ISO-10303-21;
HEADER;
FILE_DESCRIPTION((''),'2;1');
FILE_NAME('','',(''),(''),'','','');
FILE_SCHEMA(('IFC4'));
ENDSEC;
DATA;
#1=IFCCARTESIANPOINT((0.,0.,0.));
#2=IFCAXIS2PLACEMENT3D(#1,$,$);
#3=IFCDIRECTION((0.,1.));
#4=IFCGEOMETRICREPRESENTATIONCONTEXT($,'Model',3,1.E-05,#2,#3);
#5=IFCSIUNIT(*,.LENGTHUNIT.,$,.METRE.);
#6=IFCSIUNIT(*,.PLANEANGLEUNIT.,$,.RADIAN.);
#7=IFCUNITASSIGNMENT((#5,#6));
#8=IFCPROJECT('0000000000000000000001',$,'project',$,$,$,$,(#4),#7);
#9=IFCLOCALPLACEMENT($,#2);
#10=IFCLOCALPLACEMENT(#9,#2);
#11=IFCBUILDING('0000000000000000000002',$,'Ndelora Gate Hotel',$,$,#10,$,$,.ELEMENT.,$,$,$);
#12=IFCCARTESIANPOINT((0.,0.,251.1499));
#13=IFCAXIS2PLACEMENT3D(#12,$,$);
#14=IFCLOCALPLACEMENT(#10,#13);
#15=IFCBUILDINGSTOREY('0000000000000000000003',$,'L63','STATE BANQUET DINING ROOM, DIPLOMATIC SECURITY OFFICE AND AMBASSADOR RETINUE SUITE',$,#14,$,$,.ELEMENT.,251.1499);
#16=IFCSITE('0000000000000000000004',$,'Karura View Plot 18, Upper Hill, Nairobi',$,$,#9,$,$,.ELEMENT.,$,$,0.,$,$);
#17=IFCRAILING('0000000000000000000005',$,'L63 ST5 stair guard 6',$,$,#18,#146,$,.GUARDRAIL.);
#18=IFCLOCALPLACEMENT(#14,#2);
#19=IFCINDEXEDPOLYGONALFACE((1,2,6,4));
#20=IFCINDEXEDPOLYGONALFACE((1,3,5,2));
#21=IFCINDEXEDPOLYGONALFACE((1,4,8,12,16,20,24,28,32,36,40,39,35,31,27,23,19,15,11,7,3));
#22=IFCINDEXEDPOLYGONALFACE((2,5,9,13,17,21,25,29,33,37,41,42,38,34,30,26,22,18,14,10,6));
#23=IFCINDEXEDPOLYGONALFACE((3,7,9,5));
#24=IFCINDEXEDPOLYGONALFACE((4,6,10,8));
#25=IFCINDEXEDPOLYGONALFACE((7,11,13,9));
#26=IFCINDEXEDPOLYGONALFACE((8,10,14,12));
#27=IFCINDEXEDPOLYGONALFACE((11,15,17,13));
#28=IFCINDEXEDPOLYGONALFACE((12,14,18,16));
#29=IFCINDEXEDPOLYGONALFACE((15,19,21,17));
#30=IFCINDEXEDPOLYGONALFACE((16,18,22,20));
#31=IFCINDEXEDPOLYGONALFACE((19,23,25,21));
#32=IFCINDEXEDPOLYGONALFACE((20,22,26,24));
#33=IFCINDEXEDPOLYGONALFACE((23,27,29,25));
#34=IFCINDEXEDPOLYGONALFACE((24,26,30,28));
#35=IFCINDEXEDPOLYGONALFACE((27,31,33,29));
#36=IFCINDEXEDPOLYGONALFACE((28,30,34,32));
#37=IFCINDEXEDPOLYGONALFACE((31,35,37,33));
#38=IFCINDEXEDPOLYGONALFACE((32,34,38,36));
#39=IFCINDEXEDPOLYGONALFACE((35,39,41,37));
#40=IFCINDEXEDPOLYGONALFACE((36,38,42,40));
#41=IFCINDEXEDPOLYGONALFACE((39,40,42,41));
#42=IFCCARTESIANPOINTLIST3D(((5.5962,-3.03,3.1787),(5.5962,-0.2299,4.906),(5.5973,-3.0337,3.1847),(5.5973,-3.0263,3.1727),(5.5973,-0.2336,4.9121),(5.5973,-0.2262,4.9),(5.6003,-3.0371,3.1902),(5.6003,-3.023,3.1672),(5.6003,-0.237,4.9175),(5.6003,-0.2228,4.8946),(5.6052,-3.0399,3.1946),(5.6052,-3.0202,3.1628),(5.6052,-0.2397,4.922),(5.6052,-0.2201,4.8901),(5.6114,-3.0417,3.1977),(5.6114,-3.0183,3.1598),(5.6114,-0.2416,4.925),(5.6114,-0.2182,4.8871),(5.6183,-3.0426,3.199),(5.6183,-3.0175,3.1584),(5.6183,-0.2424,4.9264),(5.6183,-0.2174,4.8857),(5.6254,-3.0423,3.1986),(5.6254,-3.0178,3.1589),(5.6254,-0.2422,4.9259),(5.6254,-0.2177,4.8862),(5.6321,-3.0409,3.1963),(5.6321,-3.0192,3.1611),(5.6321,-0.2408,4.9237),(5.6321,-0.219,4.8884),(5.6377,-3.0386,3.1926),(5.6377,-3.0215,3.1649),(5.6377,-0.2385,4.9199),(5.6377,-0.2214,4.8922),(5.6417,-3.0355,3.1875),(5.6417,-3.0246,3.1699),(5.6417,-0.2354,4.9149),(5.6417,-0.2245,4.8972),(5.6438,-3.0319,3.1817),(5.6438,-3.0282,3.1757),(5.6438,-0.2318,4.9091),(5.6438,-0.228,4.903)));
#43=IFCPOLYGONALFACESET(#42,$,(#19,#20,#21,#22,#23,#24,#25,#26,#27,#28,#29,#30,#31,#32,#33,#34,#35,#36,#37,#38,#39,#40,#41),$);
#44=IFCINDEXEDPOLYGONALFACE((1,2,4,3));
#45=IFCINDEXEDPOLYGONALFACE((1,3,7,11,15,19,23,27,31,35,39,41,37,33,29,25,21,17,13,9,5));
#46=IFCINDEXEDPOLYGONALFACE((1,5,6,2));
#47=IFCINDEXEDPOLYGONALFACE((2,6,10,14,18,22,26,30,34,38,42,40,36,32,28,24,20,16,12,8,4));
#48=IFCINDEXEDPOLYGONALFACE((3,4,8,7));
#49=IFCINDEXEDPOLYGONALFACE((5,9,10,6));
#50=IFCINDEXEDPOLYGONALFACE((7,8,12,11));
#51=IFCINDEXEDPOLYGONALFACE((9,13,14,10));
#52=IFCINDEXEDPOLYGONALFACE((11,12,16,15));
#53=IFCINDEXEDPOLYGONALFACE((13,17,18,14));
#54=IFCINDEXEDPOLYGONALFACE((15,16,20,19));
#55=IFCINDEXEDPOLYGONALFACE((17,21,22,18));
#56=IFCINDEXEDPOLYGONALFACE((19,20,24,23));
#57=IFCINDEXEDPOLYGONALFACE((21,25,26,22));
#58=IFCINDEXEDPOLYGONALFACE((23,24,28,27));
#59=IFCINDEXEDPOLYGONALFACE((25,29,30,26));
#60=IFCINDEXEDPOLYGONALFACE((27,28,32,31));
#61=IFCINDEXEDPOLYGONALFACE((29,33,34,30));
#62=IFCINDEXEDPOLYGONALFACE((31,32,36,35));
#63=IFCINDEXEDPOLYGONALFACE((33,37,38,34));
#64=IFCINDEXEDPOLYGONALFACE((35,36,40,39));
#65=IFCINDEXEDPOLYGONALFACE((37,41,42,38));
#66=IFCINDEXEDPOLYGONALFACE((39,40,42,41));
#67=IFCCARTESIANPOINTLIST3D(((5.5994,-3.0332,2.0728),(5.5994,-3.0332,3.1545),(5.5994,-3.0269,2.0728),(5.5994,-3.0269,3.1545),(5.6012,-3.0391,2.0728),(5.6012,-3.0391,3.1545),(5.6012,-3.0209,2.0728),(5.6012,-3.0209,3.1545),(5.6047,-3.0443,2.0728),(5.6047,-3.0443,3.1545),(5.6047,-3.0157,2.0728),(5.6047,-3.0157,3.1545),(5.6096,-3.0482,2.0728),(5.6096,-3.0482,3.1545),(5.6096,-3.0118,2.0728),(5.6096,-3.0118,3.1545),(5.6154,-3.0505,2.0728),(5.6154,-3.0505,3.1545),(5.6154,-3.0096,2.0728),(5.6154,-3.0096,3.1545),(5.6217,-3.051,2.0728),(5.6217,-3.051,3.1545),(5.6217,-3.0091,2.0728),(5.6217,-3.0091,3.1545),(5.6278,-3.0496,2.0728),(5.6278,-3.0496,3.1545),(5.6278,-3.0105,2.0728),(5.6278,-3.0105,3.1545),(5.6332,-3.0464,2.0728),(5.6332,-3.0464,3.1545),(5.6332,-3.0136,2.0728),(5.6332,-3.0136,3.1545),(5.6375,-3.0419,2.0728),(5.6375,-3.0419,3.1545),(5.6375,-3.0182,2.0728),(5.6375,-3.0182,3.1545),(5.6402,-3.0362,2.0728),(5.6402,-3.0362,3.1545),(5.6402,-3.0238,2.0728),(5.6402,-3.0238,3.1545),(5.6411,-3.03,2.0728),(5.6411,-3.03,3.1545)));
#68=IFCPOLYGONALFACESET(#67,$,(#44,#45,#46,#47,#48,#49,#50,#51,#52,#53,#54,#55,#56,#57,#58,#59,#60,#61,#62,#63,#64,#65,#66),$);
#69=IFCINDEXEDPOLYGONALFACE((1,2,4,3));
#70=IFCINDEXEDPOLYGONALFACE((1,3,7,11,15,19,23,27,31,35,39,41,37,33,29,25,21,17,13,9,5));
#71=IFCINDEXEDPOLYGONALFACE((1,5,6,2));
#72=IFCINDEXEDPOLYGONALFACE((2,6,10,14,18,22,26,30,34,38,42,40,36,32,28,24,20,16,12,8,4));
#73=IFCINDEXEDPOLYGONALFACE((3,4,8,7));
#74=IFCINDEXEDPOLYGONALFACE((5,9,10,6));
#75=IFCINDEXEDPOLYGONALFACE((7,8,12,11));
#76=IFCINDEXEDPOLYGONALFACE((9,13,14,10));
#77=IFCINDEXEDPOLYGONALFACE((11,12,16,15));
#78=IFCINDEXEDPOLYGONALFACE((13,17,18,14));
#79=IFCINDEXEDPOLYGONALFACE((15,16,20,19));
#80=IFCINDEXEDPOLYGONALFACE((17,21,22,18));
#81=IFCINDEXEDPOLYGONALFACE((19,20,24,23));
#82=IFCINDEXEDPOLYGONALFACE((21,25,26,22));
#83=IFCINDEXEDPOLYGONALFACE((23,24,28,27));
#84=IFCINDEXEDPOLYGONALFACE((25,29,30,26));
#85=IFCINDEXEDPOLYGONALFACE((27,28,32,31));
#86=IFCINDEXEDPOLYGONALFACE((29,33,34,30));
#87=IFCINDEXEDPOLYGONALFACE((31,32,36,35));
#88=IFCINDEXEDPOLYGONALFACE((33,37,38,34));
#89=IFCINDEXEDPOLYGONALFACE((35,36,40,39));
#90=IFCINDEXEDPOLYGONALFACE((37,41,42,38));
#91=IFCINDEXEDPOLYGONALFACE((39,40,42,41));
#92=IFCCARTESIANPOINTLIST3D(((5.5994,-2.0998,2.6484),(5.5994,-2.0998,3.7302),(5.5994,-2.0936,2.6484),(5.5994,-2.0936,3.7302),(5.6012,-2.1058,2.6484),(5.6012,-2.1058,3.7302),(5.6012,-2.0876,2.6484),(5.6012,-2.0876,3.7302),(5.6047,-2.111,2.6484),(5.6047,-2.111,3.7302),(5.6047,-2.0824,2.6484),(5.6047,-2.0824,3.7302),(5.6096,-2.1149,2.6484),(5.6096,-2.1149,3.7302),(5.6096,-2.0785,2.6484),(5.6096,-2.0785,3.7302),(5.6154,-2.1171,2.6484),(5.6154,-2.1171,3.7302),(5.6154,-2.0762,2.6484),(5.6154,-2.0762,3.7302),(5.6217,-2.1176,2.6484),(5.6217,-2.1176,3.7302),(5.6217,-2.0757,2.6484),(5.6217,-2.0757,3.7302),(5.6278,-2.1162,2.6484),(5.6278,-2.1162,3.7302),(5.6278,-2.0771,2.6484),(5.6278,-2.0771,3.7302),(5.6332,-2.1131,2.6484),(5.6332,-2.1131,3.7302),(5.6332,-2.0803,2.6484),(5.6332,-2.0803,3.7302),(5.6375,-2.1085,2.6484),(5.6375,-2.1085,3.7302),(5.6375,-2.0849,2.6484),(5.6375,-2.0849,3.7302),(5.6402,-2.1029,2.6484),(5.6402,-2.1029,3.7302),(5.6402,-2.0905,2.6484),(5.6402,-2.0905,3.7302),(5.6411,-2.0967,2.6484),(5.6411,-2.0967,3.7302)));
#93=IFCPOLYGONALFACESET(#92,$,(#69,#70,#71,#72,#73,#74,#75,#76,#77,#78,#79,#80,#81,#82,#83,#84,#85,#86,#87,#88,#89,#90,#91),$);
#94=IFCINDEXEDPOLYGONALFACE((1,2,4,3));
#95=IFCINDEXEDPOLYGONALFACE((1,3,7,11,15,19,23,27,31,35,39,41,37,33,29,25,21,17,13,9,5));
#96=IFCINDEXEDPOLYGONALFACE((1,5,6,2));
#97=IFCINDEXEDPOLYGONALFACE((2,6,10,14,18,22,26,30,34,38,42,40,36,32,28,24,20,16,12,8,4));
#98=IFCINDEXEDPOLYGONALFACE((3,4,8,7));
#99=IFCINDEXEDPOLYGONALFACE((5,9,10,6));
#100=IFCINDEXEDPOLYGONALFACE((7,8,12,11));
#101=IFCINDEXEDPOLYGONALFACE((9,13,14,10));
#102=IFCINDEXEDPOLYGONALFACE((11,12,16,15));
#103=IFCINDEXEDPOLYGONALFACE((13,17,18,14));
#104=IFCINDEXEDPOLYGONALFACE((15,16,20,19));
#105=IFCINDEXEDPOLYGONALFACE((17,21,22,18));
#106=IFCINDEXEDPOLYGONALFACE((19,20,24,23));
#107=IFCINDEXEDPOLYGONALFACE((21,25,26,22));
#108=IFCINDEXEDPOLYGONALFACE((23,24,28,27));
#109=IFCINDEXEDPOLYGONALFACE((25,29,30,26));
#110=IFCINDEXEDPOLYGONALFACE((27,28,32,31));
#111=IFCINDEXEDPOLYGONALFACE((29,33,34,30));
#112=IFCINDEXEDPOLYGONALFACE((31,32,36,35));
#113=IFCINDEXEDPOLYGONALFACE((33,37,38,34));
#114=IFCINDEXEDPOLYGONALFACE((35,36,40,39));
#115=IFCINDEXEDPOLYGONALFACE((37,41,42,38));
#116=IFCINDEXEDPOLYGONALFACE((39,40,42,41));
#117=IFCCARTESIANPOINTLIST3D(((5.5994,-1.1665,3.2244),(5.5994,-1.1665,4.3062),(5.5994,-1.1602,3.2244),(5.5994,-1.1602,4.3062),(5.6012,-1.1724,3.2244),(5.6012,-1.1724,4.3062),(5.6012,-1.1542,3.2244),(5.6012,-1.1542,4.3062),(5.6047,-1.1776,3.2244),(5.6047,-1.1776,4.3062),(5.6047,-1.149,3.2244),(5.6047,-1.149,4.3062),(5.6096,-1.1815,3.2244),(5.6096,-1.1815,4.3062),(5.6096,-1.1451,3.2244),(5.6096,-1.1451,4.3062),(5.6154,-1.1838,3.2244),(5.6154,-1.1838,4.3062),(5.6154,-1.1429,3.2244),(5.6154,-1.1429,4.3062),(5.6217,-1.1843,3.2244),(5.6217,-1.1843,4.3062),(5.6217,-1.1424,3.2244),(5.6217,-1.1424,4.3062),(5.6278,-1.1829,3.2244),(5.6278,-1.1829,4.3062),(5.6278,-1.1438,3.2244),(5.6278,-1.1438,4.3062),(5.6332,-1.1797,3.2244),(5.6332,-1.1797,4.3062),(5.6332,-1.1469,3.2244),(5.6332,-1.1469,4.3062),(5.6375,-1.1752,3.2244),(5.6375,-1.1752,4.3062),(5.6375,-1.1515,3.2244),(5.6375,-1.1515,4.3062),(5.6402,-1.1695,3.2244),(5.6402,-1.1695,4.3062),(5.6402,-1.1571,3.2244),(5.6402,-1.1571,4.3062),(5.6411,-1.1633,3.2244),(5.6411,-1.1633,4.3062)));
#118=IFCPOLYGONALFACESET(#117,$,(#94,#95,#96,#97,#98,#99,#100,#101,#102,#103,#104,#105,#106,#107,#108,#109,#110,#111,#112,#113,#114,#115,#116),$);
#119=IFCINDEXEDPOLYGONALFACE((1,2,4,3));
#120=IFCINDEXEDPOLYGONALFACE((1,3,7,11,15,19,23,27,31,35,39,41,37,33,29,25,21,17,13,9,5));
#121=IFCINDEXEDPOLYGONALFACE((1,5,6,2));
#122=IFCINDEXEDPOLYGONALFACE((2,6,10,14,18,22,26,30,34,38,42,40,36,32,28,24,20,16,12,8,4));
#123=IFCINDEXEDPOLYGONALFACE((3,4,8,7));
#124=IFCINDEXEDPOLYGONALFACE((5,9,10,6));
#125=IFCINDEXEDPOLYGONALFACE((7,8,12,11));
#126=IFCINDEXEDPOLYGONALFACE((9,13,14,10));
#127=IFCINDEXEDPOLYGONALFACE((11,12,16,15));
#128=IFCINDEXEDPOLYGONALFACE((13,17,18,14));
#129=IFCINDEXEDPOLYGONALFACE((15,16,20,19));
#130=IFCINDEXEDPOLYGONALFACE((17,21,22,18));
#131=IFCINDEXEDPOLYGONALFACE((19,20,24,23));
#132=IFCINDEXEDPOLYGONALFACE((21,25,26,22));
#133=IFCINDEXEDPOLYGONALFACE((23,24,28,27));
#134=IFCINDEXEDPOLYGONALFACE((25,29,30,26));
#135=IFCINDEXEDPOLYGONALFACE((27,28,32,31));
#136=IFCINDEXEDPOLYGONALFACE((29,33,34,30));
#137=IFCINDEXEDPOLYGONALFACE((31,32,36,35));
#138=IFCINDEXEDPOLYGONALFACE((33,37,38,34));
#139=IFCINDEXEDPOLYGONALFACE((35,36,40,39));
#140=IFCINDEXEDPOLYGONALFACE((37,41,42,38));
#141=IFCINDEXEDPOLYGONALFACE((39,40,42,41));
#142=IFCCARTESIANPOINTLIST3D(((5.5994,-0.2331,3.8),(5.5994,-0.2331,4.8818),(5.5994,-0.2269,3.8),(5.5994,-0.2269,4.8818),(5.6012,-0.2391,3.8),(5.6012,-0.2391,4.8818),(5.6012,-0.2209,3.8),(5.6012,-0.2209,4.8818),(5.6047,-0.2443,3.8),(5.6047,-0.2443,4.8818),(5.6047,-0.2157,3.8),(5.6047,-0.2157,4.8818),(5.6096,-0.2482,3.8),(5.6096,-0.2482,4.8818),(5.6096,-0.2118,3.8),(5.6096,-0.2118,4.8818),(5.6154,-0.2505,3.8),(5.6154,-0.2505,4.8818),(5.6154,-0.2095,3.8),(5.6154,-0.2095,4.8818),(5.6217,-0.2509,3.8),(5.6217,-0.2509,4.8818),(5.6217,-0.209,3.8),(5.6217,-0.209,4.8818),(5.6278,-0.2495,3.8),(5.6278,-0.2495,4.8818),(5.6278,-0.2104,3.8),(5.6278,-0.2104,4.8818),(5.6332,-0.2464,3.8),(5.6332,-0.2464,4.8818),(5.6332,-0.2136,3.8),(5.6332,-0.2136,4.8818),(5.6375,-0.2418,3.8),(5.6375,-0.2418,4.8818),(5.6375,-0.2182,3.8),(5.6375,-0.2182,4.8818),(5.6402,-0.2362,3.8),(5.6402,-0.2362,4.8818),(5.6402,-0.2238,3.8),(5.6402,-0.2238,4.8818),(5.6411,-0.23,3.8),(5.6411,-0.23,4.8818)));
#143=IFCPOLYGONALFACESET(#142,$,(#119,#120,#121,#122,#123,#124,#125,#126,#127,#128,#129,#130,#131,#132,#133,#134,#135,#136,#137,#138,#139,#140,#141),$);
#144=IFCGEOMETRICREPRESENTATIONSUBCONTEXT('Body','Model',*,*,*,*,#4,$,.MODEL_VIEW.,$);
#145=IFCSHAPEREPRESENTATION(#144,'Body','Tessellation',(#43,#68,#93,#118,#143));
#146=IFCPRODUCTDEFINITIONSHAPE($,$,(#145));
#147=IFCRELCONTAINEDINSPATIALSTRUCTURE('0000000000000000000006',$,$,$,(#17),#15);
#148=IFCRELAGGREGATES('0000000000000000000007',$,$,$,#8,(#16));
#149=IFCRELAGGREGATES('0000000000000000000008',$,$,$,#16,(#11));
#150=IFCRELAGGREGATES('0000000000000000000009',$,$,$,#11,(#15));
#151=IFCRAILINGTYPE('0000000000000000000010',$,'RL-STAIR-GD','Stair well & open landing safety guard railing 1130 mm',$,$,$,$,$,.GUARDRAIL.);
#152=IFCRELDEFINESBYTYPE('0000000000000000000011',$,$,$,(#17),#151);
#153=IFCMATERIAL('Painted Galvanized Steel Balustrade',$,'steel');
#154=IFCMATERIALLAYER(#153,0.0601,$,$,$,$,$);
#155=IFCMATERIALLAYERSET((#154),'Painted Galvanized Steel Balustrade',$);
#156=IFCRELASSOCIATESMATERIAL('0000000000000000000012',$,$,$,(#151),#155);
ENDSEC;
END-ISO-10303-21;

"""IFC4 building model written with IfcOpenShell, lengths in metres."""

from ifc_helpers import new_model, si_unit, direction, frame, origin, origin_2d, place, context, subcontext, project, spatial, circle, extrude, material, layer, layer_set, type_object, element, save


model = new_model("IFC4")

# Units and contexts
model_context = context("Model", 3, precision=1e-05, world=origin(), true_north=direction((0.0, 1.0)))
body_context = subcontext(model_context, "Body", "Model", "MODEL_VIEW")
ifc_project = project(units=[si_unit("LENGTHUNIT", "METRE"), si_unit("PLANEANGLEUNIT", "RADIAN")], contexts=[model_context])

# Site, building, storey
site_placement = place(None, origin())
site = spatial("IfcSite", under=ifc_project, at=site_placement, Name="Karura View Plot 18, Upper Hill, Nairobi", CompositionType="ELEMENT", RefElevation=0.0)
building_placement = place(site_placement, origin())
building = spatial("IfcBuilding", under=site, at=building_placement, Name="Ndelora Gate Hotel", CompositionType="ELEMENT")
storey_placement = place(building_placement, frame((0.0, 0.0, 251.1499)))
storey = spatial("IfcBuildingStorey", under=building, at=storey_placement, Name="L63", Description="STATE BANQUET DINING ROOM, DIPLOMATIC SECURITY OFFICE AND AMBASSADOR RETINUE SUITE", CompositionType="ELEMENT", Elevation=251.1499)

# Railing
ifc_material_1 = material(Name="Painted Galvanized Steel Balustrade", Category="steel")
ifc_layer_1 = layer(ifc_material_1, 0.0601)
ifc_layer_set_1 = layer_set([ifc_layer_1], Name="Painted Galvanized Steel Balustrade")
railing_type_1 = type_object("IfcRailingType", Name="RL-STAIR-GD", Description="Stair well & open landing safety guard railing 1130 mm", PredefinedType="GUARDRAIL", material=ifc_layer_set_1)
railing_1_placement = place(storey_placement, frame((5.6201, -3.03, 2.0728)))
element("IfcRailing", 1, at=railing_1_placement, inside=storey, type_object=railing_type_1, Name="L63 ST5 stair guard 6", PredefinedType="GUARDRAIL", context=body_context, shape_type="SweptSolid", body=[
    extrude(circle(Radius=0.0239, at=origin_2d()), frame((0.0, 0.0, 1.106), z_axis=(0.0, 0.85109, 0.52502), x_axis=(-1.0, 0.0, 0.0)), (0.0, 0.0, 1.0), 3.29),
    extrude(circle(Radius=0.021, at=origin_2d()), origin(), (0.0, 0.0, 1.0), 1.0818),
    extrude(circle(Radius=0.021, at=origin_2d()), frame((0.0, 0.9333, 0.5757)), (0.0, 0.0, 1.0), 1.0818),
    extrude(circle(Radius=0.021, at=origin_2d()), frame((0.0, 1.8667, 1.1516)), (0.0, 0.0, 1.0), 1.0818),
    extrude(circle(Radius=0.021, at=origin_2d()), frame((0.0, 2.8, 1.7273)), (0.0, 0.0, 1.0), 1.0818),
])

save(model, "model.ifc")
